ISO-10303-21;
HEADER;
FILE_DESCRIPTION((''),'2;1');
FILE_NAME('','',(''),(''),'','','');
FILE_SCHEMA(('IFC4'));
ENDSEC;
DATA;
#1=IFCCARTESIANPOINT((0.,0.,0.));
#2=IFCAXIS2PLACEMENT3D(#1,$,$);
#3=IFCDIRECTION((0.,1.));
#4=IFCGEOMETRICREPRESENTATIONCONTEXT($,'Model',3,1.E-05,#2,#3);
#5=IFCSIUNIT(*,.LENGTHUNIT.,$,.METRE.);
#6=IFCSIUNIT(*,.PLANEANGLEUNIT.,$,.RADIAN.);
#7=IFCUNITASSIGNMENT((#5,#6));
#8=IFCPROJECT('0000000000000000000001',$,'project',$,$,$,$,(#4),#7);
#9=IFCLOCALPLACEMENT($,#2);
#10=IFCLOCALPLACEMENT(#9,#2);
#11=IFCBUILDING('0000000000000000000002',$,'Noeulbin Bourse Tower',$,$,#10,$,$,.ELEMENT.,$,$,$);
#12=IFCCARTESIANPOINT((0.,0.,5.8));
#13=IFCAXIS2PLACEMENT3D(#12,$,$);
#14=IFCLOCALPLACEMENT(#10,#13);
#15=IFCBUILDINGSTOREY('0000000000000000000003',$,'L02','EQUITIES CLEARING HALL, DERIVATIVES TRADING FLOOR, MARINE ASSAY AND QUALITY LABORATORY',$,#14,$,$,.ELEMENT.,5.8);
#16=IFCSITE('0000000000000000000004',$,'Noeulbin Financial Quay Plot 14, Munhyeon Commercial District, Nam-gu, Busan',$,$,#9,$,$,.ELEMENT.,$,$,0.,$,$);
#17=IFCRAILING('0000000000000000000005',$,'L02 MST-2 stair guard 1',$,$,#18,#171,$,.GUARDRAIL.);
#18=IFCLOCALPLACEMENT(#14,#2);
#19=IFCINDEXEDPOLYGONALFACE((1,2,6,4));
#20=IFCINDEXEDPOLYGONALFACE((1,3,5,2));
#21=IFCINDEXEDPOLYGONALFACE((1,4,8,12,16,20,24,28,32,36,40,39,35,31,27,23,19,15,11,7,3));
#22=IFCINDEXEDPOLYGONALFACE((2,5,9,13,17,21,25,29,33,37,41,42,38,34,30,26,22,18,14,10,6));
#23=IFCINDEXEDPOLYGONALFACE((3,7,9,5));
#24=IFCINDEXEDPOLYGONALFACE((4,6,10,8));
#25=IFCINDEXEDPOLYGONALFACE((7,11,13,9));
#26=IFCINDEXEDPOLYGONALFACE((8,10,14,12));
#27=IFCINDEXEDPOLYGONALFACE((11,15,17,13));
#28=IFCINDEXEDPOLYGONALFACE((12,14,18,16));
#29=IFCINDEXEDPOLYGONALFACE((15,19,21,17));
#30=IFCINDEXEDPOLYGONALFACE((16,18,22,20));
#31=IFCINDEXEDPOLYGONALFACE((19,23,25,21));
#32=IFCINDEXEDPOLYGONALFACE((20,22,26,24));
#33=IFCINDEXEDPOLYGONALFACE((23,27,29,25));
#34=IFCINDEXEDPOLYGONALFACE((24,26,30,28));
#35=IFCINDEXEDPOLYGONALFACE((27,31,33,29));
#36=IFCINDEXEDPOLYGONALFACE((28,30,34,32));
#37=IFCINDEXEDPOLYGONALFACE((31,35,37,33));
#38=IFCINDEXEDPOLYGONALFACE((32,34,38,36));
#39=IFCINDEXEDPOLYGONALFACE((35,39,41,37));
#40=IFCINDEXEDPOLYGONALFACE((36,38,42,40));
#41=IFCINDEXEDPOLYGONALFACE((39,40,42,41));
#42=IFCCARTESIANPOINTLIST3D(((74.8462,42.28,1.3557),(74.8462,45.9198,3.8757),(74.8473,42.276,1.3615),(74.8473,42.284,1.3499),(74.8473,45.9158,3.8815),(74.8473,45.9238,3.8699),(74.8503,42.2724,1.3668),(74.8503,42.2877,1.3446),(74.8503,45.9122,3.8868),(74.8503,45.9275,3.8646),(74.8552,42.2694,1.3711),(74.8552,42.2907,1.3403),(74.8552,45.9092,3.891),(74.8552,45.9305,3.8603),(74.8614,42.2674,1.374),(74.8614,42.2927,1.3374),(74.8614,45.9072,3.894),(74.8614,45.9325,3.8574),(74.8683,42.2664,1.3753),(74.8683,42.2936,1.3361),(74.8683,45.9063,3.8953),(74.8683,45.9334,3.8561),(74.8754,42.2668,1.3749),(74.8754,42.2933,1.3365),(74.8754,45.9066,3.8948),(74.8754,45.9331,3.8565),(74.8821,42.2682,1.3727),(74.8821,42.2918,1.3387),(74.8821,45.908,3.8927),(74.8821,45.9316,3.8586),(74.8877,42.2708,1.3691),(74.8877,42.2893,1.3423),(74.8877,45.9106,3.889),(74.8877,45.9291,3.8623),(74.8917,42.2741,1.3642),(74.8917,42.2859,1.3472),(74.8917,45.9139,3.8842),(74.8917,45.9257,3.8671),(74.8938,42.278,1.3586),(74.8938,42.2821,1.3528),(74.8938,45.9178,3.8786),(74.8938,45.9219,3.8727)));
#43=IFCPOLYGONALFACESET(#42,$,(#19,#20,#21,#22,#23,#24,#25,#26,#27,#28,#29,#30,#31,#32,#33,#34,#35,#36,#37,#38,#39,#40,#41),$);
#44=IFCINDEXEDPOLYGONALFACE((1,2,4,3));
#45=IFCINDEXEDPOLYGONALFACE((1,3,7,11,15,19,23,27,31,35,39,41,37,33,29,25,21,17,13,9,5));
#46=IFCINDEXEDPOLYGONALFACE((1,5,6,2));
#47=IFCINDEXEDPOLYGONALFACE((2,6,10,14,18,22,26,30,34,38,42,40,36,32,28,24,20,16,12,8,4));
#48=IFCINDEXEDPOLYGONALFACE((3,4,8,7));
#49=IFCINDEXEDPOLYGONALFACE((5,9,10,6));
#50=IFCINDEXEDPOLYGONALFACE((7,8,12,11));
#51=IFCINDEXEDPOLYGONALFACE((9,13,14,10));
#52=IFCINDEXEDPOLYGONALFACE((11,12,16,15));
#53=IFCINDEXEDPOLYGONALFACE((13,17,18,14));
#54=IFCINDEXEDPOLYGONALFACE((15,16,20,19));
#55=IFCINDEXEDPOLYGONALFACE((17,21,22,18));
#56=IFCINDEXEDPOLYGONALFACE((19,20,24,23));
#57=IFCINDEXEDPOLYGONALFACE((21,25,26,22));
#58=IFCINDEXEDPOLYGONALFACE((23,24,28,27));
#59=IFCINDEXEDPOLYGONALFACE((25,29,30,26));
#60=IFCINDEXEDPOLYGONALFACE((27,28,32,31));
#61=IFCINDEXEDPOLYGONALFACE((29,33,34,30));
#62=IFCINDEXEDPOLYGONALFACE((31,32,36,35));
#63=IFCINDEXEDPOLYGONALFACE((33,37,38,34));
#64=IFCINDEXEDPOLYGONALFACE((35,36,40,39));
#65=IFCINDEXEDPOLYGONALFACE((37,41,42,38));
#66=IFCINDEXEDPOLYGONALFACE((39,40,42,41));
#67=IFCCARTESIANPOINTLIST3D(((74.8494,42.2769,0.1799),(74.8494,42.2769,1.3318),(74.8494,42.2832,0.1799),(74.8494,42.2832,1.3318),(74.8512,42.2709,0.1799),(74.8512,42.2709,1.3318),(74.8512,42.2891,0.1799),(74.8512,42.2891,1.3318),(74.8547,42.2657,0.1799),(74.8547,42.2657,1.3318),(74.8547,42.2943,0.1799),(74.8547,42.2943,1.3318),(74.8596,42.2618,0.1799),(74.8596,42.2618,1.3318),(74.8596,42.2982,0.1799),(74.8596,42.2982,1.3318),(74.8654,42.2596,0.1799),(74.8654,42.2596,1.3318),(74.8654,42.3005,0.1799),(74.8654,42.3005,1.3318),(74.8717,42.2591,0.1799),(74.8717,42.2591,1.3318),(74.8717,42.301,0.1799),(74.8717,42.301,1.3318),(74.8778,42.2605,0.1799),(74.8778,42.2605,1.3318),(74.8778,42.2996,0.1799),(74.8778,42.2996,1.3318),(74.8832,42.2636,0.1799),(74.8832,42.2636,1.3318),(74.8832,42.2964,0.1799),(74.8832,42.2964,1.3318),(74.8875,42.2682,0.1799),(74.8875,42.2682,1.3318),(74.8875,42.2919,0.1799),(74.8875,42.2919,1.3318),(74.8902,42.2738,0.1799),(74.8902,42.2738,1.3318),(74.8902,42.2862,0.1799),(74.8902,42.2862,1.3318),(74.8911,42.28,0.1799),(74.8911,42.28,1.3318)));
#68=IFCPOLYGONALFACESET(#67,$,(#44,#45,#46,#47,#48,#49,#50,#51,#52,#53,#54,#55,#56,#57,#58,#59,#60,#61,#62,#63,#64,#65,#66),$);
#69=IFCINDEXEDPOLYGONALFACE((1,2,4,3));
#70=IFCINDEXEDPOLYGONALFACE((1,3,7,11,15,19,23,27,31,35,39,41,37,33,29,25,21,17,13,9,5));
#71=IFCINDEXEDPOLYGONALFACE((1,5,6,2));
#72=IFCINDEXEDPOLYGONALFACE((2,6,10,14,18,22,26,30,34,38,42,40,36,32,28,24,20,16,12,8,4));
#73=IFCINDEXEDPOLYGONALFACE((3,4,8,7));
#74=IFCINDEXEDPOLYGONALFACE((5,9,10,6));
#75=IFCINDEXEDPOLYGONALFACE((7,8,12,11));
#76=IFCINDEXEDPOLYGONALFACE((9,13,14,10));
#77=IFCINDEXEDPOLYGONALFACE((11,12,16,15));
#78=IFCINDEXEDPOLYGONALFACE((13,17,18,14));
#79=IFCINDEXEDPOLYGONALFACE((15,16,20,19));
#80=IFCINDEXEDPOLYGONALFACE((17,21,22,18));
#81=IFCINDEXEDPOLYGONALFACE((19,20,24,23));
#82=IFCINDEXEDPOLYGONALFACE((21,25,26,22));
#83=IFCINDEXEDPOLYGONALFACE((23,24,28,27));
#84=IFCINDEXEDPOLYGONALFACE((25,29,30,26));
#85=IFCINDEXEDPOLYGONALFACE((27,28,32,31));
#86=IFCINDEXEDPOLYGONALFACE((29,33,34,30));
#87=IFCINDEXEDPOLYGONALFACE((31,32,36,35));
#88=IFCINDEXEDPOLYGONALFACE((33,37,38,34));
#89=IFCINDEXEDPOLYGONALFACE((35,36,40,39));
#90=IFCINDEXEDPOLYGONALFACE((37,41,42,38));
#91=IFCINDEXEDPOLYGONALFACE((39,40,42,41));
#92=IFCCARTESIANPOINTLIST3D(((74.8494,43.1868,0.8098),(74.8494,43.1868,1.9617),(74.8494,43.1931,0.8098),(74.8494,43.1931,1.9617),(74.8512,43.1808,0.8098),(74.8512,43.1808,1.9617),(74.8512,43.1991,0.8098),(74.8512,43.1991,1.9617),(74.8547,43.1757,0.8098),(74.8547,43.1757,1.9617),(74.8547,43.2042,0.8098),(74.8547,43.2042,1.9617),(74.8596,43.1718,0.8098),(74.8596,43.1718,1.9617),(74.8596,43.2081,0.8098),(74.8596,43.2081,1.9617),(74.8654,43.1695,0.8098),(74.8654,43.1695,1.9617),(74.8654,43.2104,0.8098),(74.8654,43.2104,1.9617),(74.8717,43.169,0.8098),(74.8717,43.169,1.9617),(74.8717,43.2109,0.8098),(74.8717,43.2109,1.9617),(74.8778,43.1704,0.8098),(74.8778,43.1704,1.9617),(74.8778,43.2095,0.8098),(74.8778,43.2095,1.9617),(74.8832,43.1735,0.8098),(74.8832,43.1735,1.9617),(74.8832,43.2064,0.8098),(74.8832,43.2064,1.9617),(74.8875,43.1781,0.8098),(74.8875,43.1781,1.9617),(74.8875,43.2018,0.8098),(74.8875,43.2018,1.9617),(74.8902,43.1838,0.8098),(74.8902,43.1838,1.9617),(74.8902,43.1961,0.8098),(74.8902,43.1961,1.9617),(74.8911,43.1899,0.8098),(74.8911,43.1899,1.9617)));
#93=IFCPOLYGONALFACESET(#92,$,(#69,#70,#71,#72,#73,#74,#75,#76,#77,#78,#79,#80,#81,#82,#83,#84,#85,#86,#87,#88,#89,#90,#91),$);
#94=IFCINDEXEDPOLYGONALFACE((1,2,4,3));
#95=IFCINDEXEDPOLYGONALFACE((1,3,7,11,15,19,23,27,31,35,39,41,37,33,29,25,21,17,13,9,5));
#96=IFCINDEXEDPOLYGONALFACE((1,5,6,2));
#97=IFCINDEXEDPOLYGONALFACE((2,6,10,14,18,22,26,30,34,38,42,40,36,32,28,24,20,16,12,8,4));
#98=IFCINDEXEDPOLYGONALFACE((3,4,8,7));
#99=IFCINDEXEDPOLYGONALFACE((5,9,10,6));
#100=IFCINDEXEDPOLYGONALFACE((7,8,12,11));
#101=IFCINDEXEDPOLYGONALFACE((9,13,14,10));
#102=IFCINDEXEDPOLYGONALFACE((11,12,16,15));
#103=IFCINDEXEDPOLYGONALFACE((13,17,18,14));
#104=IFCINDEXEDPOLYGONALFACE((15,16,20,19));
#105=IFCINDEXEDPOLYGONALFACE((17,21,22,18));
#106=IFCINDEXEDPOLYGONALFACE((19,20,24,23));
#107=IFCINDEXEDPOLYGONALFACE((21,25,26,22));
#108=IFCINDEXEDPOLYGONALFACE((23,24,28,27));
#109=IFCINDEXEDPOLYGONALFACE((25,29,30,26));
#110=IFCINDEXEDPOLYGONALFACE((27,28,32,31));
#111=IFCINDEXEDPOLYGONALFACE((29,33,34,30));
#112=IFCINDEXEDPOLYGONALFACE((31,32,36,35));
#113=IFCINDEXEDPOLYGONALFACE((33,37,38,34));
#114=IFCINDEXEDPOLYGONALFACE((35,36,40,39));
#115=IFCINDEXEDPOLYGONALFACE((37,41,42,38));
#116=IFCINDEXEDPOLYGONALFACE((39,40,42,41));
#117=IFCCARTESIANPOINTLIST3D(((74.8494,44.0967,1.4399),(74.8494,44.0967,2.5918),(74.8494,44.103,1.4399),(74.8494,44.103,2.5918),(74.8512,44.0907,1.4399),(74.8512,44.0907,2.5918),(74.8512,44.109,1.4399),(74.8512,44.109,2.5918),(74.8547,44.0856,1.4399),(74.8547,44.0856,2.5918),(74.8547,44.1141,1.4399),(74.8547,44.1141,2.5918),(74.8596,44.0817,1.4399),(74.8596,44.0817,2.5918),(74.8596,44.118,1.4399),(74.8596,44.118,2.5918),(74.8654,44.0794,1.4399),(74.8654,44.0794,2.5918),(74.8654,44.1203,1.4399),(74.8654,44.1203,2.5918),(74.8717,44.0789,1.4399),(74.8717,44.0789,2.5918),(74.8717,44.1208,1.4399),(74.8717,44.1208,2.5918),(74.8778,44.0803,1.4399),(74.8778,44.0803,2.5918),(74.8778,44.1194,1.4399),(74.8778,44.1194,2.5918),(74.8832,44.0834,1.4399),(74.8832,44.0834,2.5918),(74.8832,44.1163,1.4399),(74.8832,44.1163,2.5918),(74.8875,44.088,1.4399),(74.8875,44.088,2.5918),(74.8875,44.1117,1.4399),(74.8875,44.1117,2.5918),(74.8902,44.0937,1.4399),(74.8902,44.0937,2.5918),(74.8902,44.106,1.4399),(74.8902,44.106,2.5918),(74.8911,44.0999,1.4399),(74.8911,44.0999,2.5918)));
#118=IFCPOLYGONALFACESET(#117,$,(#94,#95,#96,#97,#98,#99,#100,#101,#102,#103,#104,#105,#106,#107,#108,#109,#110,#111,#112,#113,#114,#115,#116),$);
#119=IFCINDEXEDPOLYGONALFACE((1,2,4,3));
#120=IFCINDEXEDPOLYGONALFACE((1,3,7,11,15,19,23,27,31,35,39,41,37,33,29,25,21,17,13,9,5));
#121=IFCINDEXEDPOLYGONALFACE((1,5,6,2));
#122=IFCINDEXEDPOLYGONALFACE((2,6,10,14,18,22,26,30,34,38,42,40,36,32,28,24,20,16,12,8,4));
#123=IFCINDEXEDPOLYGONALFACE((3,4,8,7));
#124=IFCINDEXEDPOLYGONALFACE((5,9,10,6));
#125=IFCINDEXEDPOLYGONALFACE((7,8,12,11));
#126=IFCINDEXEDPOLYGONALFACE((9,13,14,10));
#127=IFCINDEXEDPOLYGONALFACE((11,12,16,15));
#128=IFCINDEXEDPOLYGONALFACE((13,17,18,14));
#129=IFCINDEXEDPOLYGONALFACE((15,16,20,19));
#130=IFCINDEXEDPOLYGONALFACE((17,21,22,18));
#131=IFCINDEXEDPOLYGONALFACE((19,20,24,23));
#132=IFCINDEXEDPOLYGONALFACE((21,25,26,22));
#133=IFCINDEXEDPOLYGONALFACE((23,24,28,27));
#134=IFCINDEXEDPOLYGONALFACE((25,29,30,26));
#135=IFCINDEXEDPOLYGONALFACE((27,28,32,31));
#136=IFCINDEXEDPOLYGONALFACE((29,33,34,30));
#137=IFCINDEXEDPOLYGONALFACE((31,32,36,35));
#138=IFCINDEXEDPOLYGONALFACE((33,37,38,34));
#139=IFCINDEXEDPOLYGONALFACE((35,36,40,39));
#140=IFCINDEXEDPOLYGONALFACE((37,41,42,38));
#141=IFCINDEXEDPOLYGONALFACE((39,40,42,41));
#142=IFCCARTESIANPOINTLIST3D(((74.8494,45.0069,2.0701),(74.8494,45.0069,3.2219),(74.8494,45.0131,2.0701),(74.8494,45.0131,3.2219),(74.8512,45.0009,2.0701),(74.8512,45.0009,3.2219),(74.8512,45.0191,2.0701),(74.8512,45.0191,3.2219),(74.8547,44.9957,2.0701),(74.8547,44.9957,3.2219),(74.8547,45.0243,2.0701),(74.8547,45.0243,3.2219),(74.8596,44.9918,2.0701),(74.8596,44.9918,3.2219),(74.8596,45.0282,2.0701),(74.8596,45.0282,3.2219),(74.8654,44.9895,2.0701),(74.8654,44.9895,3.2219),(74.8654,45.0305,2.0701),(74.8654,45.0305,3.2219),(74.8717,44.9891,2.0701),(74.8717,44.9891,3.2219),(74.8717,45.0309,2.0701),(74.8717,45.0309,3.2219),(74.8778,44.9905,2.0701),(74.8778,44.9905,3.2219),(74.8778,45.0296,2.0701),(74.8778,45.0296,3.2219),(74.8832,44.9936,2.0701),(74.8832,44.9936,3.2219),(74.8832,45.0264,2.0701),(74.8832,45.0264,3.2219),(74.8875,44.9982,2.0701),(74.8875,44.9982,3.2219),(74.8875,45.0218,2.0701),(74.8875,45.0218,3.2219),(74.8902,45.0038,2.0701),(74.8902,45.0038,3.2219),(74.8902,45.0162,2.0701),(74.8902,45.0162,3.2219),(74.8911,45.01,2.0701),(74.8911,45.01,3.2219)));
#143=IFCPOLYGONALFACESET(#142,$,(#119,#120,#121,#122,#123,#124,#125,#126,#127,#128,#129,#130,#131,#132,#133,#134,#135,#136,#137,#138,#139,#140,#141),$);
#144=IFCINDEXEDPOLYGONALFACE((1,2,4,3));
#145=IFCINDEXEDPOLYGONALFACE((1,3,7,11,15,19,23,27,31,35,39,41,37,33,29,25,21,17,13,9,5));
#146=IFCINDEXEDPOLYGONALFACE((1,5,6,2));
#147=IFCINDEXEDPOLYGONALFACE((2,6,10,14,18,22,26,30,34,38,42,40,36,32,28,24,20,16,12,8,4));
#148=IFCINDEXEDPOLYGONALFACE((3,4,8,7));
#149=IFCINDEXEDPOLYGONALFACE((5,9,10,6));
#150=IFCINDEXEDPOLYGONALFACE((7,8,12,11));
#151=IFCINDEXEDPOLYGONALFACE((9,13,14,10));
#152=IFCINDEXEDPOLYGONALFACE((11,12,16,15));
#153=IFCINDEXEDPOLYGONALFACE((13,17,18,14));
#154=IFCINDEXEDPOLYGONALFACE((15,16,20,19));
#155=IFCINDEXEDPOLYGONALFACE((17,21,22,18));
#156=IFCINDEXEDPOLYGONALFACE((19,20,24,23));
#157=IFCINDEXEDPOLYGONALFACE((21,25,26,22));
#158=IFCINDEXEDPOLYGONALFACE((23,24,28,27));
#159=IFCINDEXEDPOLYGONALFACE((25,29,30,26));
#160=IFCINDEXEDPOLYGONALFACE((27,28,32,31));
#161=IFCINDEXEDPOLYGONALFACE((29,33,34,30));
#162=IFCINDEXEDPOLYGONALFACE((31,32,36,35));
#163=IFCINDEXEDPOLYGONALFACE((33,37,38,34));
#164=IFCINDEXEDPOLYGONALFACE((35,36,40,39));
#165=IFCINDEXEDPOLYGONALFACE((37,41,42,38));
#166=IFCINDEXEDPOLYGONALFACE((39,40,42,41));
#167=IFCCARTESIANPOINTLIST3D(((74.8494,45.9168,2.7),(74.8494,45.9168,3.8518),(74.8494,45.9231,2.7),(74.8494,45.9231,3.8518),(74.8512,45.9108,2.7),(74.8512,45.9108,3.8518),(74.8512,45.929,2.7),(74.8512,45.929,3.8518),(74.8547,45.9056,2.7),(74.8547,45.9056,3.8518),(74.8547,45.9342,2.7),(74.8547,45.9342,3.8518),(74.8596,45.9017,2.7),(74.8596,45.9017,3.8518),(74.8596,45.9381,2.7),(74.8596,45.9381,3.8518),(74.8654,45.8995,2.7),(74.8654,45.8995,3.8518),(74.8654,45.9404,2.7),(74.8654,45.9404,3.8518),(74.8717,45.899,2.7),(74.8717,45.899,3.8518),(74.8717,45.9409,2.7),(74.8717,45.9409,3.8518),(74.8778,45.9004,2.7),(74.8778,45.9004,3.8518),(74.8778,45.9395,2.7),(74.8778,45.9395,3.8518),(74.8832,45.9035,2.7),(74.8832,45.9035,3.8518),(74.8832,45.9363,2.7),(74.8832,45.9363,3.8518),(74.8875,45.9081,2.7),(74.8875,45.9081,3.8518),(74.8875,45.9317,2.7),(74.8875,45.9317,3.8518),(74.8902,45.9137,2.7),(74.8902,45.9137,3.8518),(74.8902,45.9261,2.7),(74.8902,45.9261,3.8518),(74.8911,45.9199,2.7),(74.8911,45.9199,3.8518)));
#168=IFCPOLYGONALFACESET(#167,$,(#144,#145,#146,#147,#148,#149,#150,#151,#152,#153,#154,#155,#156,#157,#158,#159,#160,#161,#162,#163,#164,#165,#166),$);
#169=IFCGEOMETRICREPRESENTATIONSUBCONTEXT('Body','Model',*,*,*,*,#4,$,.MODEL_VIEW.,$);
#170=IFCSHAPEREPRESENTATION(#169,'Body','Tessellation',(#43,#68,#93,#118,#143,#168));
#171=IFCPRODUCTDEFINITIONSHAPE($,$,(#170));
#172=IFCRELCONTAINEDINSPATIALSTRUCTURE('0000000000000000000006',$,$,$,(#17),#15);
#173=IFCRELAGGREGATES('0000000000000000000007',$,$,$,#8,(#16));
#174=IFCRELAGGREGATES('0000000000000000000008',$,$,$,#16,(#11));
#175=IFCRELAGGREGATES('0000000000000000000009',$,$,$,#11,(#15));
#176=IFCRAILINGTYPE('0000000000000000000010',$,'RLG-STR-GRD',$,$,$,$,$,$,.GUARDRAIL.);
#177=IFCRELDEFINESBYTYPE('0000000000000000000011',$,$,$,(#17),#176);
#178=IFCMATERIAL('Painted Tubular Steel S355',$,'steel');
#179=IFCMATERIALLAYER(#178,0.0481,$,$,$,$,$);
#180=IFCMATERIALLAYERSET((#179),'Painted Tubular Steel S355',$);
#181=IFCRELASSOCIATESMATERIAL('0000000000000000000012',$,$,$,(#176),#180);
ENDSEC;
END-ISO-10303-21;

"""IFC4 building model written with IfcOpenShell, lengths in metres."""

from ifc_helpers import new_model, si_unit, direction, frame, origin, origin_2d, place, context, subcontext, project, spatial, circle, extrude, material, layer, layer_set, type_object, element, save


model = new_model("IFC4")

# Units and contexts
model_context = context("Model", 3, precision=1e-05, world=origin(), true_north=direction((0.0, 1.0)))
body_context = subcontext(model_context, "Body", "Model", "MODEL_VIEW")
ifc_project = project(units=[si_unit("LENGTHUNIT", "METRE"), si_unit("PLANEANGLEUNIT", "RADIAN")], contexts=[model_context])

# Site, building, storey
site_placement = place(None, origin())
site = spatial("IfcSite", under=ifc_project, at=site_placement, Name="Noeulbin Financial Quay Plot 14, Munhyeon Commercial District, Nam-gu, Busan", CompositionType="ELEMENT", RefElevation=0.0)
building_placement = place(site_placement, origin())
building = spatial("IfcBuilding", under=site, at=building_placement, Name="Noeulbin Bourse Tower", CompositionType="ELEMENT")
storey_placement = place(building_placement, frame((0.0, 0.0, 5.8)))
storey = spatial("IfcBuildingStorey", under=building, at=storey_placement, Name="L02", Description="EQUITIES CLEARING HALL, DERIVATIVES TRADING FLOOR, MARINE ASSAY AND QUALITY LABORATORY", CompositionType="ELEMENT", Elevation=5.8)

# Railing
ifc_material_1 = material(Name="Painted Tubular Steel S355", Category="steel")
ifc_layer_1 = layer(ifc_material_1, 0.0481)
ifc_layer_set_1 = layer_set([ifc_layer_1], Name="Painted Tubular Steel S355")
railing_type_1 = type_object("IfcRailingType", Name="RLG-STR-GRD", PredefinedType="GUARDRAIL", material=ifc_layer_set_1)
railing_1_placement = place(storey_placement, frame((74.8701, 42.28, 0.1799)))
element("IfcRailing", 1, at=railing_1_placement, inside=storey, type_object=railing_type_1, Name="L02 MST-2 stair guard 1", PredefinedType="GUARDRAIL", context=body_context, shape_type="SweptSolid", body=[
    extrude(circle(Radius=0.0239, at=origin_2d()), frame((0.0, 0.0, 1.1758), z_axis=(0.0, 0.822182, 0.569224), x_axis=(-1.0, 0.0, 0.0)), (0.0, 0.0, 1.0), 4.427),
    extrude(circle(Radius=0.021, at=origin_2d()), origin(), (0.0, 0.0, 1.0), 1.1519),
    extrude(circle(Radius=0.021, at=origin_2d()), frame((0.0, 0.9099, 0.6299)), (0.0, 0.0, 1.0), 1.1519),
    extrude(circle(Radius=0.021, at=origin_2d()), frame((0.0, 1.8198, 1.26)), (0.0, 0.0, 1.0), 1.1519),
    extrude(circle(Radius=0.021, at=origin_2d()), frame((0.0, 2.73, 1.8901)), (0.0, 0.0, 1.0), 1.1519),
    extrude(circle(Radius=0.021, at=origin_2d()), frame((0.0, 3.6399, 2.52)), (0.0, 0.0, 1.0), 1.1519),
])

save(model, "model.ifc")
